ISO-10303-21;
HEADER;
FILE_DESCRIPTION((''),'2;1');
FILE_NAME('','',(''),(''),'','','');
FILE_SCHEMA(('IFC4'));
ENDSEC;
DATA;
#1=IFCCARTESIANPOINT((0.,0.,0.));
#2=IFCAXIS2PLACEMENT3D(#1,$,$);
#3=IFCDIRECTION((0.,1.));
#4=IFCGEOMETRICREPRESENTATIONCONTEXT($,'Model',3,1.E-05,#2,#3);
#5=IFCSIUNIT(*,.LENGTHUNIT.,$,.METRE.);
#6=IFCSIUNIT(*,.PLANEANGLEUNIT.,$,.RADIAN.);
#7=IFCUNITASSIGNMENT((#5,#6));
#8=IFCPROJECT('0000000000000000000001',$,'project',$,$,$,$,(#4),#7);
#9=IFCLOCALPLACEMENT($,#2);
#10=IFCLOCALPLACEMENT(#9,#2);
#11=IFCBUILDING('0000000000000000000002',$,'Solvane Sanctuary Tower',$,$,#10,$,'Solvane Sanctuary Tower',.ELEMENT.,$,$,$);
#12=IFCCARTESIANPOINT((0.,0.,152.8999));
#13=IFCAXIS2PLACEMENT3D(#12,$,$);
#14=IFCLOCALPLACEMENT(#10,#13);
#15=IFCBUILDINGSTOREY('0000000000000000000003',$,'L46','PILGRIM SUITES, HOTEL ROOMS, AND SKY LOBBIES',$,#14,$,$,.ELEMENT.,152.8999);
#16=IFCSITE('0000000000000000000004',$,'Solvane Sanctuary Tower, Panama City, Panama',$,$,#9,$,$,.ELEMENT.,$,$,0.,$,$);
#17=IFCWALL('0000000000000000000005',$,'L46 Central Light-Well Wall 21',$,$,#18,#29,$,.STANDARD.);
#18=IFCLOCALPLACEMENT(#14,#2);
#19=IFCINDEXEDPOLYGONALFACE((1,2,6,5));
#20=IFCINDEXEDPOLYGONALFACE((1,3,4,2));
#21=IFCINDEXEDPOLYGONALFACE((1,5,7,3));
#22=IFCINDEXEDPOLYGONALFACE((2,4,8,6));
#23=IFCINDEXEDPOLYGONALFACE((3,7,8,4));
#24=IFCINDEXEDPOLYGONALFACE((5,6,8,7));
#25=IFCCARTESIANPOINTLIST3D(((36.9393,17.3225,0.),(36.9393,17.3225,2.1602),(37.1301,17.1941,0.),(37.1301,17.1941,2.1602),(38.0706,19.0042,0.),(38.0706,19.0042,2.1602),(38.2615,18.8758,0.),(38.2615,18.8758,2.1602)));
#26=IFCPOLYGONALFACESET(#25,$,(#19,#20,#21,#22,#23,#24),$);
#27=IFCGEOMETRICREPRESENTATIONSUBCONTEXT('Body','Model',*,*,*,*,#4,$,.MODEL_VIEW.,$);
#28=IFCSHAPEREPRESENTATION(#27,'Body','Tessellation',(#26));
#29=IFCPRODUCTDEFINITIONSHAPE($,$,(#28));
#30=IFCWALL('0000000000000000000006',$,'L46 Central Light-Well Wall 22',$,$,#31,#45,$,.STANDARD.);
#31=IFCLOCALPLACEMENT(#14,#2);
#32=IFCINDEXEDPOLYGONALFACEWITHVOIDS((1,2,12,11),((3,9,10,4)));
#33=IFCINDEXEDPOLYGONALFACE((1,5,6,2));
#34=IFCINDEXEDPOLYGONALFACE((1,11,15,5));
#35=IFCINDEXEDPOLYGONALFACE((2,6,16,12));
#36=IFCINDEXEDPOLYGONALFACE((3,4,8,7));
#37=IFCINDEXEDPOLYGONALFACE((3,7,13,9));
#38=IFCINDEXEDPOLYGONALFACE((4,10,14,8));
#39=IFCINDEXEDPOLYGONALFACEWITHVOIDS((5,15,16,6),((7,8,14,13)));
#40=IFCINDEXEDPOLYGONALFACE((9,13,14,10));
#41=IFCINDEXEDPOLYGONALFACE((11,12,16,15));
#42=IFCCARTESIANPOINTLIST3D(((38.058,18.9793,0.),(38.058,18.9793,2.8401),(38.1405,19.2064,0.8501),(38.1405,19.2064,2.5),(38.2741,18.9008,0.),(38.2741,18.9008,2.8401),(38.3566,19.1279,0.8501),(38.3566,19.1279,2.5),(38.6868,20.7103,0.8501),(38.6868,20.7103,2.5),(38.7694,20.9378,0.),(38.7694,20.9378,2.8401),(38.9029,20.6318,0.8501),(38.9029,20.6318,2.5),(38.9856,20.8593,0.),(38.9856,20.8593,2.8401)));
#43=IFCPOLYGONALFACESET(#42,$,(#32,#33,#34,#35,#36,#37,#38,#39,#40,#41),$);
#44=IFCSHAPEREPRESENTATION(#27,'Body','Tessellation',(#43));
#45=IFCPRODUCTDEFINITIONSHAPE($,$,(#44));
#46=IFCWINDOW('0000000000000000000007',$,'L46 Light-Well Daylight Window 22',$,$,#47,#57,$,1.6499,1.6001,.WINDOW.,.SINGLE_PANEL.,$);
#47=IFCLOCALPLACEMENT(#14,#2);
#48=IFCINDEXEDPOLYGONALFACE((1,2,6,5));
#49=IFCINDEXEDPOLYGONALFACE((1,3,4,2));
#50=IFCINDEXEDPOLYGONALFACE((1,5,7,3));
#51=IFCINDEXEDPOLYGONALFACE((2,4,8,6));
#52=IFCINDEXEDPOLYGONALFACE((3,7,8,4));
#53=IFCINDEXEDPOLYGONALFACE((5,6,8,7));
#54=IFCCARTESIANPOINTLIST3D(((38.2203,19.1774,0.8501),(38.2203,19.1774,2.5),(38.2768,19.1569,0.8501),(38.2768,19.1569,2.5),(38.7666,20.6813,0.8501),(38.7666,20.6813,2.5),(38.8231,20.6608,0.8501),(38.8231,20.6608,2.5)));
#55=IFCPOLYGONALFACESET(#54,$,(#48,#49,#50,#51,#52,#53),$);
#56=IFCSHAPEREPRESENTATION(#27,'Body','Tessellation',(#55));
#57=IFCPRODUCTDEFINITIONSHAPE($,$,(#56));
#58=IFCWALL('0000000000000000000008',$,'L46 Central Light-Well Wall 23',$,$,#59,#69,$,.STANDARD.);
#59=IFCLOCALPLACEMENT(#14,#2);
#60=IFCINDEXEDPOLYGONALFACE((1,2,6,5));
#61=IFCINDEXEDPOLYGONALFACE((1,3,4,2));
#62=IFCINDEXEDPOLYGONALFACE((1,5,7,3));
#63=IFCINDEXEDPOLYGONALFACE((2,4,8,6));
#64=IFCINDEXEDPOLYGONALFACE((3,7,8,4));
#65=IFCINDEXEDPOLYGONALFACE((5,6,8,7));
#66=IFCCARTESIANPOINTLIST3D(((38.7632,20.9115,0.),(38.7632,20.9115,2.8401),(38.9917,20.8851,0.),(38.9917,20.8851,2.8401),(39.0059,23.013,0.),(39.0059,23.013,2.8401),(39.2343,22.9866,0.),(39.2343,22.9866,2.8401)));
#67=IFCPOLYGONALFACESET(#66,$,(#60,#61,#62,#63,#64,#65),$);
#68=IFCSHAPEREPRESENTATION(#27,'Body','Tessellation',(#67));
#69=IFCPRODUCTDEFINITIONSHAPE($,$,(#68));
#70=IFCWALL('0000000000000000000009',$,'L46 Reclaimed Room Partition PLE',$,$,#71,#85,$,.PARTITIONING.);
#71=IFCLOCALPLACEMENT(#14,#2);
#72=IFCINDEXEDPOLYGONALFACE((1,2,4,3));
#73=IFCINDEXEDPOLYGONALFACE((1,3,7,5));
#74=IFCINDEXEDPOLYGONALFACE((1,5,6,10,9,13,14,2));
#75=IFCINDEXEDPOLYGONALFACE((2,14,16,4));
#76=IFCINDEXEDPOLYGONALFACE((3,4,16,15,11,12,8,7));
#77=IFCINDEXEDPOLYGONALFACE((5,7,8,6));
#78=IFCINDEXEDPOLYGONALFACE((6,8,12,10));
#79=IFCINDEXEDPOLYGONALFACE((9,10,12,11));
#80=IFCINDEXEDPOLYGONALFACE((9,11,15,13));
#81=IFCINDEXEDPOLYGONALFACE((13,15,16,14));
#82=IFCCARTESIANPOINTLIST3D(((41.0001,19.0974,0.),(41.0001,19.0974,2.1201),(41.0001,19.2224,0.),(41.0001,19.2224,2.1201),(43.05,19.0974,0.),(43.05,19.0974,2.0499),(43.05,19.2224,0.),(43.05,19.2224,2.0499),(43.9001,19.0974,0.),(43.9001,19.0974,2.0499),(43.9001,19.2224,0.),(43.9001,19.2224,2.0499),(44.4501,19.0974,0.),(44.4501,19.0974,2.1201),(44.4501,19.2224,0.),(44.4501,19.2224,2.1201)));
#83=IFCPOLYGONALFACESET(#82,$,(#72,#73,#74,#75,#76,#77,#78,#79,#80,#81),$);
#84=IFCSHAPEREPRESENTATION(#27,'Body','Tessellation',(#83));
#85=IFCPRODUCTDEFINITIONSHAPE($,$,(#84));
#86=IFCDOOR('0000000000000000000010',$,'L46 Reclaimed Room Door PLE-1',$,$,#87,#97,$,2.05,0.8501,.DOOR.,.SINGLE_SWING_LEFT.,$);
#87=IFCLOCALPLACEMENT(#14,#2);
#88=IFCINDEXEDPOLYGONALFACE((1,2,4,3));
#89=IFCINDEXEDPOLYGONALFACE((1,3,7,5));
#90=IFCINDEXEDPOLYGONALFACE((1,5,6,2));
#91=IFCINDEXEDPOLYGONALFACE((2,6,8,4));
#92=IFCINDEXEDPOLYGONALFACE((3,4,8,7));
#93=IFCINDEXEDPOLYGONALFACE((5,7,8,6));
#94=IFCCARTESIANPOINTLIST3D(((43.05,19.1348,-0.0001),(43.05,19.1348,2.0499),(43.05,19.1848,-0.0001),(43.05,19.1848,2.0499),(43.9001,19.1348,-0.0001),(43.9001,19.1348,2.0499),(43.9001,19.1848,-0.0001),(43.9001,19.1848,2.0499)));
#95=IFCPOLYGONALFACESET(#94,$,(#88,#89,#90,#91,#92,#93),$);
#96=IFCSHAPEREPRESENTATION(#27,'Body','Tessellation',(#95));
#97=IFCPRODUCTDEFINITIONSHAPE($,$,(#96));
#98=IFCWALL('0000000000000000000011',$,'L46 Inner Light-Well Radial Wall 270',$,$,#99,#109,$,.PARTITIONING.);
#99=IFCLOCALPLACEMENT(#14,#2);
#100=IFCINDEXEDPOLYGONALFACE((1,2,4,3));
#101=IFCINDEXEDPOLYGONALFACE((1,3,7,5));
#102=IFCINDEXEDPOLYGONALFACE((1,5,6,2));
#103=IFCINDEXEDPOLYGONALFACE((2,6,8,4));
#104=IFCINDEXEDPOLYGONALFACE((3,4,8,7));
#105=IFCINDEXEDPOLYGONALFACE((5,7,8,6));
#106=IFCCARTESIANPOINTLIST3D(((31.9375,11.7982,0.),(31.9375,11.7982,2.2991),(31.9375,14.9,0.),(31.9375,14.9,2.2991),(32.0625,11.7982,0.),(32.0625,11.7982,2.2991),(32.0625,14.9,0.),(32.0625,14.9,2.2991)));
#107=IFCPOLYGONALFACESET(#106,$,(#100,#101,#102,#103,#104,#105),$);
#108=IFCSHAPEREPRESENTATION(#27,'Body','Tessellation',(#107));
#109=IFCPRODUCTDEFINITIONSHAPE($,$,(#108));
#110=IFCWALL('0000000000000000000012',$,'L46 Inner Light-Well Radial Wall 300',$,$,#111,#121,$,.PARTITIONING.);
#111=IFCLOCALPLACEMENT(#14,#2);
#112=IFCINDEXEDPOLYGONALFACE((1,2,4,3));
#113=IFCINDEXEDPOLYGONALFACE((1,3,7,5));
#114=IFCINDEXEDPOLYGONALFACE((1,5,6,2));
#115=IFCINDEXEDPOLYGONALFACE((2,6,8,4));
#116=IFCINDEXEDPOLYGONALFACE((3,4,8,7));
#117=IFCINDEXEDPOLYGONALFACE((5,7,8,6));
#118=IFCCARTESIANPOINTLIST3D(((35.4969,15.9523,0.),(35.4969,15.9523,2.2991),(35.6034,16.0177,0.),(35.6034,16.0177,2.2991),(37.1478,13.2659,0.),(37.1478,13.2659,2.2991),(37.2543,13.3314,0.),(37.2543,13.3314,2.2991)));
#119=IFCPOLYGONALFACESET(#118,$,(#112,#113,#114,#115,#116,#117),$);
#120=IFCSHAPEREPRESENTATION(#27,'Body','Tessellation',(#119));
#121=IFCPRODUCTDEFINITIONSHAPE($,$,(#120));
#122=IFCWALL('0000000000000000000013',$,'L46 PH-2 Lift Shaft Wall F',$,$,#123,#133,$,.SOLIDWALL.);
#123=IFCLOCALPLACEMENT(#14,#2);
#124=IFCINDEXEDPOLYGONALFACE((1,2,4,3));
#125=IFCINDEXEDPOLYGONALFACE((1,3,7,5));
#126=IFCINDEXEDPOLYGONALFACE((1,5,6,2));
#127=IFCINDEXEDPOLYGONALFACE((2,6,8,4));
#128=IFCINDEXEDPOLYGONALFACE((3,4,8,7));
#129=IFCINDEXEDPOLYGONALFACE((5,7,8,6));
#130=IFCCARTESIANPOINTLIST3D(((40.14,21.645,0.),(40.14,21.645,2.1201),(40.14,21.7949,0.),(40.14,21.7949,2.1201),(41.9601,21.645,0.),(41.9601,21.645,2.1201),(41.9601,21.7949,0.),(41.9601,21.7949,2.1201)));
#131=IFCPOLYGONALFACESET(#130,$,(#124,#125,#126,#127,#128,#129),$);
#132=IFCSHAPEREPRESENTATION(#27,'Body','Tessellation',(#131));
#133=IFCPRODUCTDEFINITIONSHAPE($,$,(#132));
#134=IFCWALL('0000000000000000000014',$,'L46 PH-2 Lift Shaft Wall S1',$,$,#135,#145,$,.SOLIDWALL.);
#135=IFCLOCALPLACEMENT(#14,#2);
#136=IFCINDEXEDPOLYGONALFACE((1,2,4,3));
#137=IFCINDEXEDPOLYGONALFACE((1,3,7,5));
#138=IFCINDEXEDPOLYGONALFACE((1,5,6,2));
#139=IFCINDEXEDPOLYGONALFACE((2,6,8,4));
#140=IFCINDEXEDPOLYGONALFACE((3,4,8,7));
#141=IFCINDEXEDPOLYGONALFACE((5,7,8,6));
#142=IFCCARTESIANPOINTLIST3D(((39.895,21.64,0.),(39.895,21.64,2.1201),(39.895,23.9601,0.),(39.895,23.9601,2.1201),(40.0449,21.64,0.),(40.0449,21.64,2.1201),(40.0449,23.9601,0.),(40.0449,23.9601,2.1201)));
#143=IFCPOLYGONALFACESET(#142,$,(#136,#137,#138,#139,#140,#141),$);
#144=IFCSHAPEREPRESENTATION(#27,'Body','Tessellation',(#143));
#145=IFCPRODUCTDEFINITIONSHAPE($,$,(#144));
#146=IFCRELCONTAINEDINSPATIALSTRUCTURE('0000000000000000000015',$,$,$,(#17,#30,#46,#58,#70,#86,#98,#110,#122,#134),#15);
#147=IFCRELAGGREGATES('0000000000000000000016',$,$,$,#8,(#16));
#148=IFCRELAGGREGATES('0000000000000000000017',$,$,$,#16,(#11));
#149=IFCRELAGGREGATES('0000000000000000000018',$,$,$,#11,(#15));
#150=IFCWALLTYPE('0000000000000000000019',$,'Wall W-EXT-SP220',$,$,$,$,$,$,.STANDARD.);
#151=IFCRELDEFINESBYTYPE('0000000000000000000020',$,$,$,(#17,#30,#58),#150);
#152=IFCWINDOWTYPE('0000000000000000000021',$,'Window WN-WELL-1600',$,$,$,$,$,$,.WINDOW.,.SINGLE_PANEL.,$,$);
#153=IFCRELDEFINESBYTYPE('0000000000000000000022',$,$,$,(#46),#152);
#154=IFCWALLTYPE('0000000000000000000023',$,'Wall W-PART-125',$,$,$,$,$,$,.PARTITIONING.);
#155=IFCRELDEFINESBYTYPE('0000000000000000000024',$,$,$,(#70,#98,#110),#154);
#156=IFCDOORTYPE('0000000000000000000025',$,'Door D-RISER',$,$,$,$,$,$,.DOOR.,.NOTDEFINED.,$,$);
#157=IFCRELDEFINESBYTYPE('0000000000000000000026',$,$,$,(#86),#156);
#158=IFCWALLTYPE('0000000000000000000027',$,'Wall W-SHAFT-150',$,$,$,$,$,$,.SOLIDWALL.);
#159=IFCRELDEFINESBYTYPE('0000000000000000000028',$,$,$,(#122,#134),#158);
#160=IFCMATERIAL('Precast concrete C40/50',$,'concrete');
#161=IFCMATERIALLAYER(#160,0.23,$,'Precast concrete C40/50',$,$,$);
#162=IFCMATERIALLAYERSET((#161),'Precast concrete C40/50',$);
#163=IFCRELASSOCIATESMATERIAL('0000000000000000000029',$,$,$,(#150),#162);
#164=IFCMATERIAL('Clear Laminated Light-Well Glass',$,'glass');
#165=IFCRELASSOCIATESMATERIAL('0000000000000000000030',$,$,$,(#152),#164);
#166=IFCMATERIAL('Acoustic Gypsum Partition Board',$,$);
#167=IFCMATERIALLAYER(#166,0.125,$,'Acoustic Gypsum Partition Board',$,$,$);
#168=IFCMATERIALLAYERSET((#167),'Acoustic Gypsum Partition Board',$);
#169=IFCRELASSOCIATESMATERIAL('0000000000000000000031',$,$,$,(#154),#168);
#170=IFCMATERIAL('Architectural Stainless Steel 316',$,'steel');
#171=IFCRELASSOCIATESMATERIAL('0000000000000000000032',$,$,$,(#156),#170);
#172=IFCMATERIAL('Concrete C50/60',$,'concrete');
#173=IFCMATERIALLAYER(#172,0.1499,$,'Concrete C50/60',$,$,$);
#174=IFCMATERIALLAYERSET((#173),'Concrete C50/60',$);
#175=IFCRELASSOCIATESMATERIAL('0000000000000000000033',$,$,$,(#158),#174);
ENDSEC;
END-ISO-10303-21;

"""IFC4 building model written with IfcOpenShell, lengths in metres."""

from ifc_helpers import new_model, si_unit, direction, frame, frame_2d, origin, place, context, subcontext, project, spatial, rectangle, extrude, material, layer, layer_set, type_object, element, fill, save


model = new_model("IFC4")

# Units and contexts
model_context = context("Model", 3, precision=1e-05, world=origin(), true_north=direction((0.0, 1.0)))
body_context = subcontext(model_context, "Body", "Model", "MODEL_VIEW")
ifc_project = project(units=[si_unit("LENGTHUNIT", "METRE"), si_unit("PLANEANGLEUNIT", "RADIAN")], contexts=[model_context])

# Site, building, storey
site_placement = place(None, origin())
site = spatial("IfcSite", under=ifc_project, at=site_placement, Name="Solvane Sanctuary Tower, Panama City, Panama", CompositionType="ELEMENT", RefElevation=0.0)
building_placement = place(site_placement, origin())
building = spatial("IfcBuilding", under=site, at=building_placement, Name="Solvane Sanctuary Tower", LongName="Solvane Sanctuary Tower", CompositionType="ELEMENT")
storey_placement = place(building_placement, frame((0.0, 0.0, 152.8999)))
storey = spatial("IfcBuildingStorey", under=building, at=storey_placement, Name="L46", Description="PILGRIM SUITES, HOTEL ROOMS, AND SKY LOBBIES", CompositionType="ELEMENT", Elevation=152.8999)

# Shared definitions
ifc_material_1 = material(Name="Concrete C50/60", Category="concrete")

# Wall
ifc_material_2 = material(Name="Precast concrete C40/50", Category="concrete")
ifc_layer_1 = layer(ifc_material_2, 0.23, Name="Precast concrete C40/50")
ifc_layer_set_1 = layer_set([ifc_layer_1], Name="Precast concrete C40/50")
wall_type_1 = type_object("IfcWallType", Name="Wall W-EXT-SP220", PredefinedType="STANDARD", material=ifc_layer_set_1)
wall_1_placement = place(storey_placement, frame((37.0347, 17.2583, 0.0), z_axis=(0.0, 0.0, 1.0), x_axis=(0.558198, 0.829708, 0.0)))
element("IfcWall", 1, at=wall_1_placement, inside=storey, type_object=wall_type_1, Name="L46 Central Light-Well Wall 21", PredefinedType="STANDARD", context=body_context, shape_type="SweptSolid", body=[
    extrude(rectangle(XDim=2.0269, YDim=0.23, at=frame_2d((1.0134, 0.0))), origin(), (0.0, 0.0, 1.0), 2.1602),
])

# Wall, opening, window
wall_2_placement = place(storey_placement, frame((38.166, 18.9399, 0.0), z_axis=(0.0, 0.0, 1.0), x_axis=(0.341423, 0.93991, 0.0)))
wall_2 = element("IfcWall", 2, at=wall_2_placement, inside=storey, type_object=wall_type_1, Name="L46 Central Light-Well Wall 22", PredefinedType="STANDARD", context=body_context, shape_type="SweptSolid", body=[
    extrude(rectangle(XDim=2.0837, YDim=0.23, at=frame_2d((1.042, 0.0))), origin(), (0.0, 0.0, 1.0), 2.8401),
])
opening_1_placement = place(wall_2_placement, frame((0.2417, 0.0, 0.8501)))
opening_1 = element("IfcOpeningElement", 3, at=opening_1_placement, cuts=wall_2, PredefinedType="OPENING", context=body_context, shape_type="SweptSolid", body=[
    extrude(rectangle(XDim=1.6001, YDim=1.6499, at=frame_2d((0.8, 0.825))), frame((0.0, 0.125, 0.0), z_axis=(0.0, -1.0, 0.0), x_axis=(1.0, 0.0, 0.0)), (0.0, 0.0, 1.0), 0.25),
])
ifc_material_3 = material(Name="Clear Laminated Light-Well Glass", Category="glass")
window_type = type_object("IfcWindowType", Name="Window WN-WELL-1600", PartitioningType="SINGLE_PANEL", PredefinedType="WINDOW", material=ifc_material_3)
window_placement = place(opening_1_placement, origin())
window = element("IfcWindow", 4, at=window_placement, inside=storey, type_object=window_type, Name="L46 Light-Well Daylight Window 22", OverallHeight=1.6499, OverallWidth=1.6001, PartitioningType="SINGLE_PANEL", PredefinedType="WINDOW", context=body_context, shape_type="SweptSolid", body=[
    extrude(rectangle(XDim=1.6001, YDim=1.6499, at=frame_2d((0.8, 0.825))), frame((0.0, 0.03, 0.0), z_axis=(0.0, -1.0, 0.0), x_axis=(1.0, 0.0, 0.0)), (0.0, 0.0, 1.0), 0.0601),
])
fill(opening_1, window)

# Wall
wall_3_placement = place(storey_placement, frame((38.8774, 20.8984, 0.0), z_axis=(0.0, 0.0, 1.0), x_axis=(0.114712, 0.993399, 0.0)))
element("IfcWall", 5, at=wall_3_placement, inside=storey, type_object=wall_type_1, Name="L46 Central Light-Well Wall 23", PredefinedType="STANDARD", context=body_context, shape_type="SweptSolid", body=[
    extrude(rectangle(XDim=2.1155, YDim=0.23, at=frame_2d((1.0576, 0.0))), origin(), (0.0, 0.0, 1.0), 2.8401),
])

# Wall, opening, door
ifc_material_4 = material(Name="Acoustic Gypsum Partition Board")
ifc_layer_2 = layer(ifc_material_4, 0.125, Name="Acoustic Gypsum Partition Board")
ifc_layer_set_2 = layer_set([ifc_layer_2], Name="Acoustic Gypsum Partition Board")
wall_type_2 = type_object("IfcWallType", Name="Wall W-PART-125", PredefinedType="PARTITIONING", material=ifc_layer_set_2)
wall_4_placement = place(storey_placement, frame((41.0, 19.1599, 0.0), z_axis=(0.0, 0.0, 1.0), x_axis=(1.0, 0.0, 0.0)))
wall_4 = element("IfcWall", 6, at=wall_4_placement, inside=storey, type_object=wall_type_2, Name="L46 Reclaimed Room Partition PLE", PredefinedType="PARTITIONING", context=body_context, shape_type="SweptSolid", body=[
    extrude(rectangle(XDim=3.45, YDim=0.125, at=frame_2d((1.7251, 0.0))), origin(), (0.0, 0.0, 1.0), 2.1201),
])
opening_2_placement = place(wall_4_placement, frame((2.05, 0.0, 0.0)))
opening_2 = element("IfcOpeningElement", 7, at=opening_2_placement, cuts=wall_4, PredefinedType="OPENING", context=body_context, shape_type="SweptSolid", body=[
    extrude(rectangle(XDim=0.8501, YDim=2.05, at=frame_2d((0.425, 1.0249))), frame((0.0, 0.0725, 0.0), z_axis=(0.0, -1.0, 0.0), x_axis=(1.0, 0.0, 0.0)), (0.0, 0.0, 1.0), 0.145),
])
ifc_material_5 = material(Name="Architectural Stainless Steel 316", Category="steel")
door_type = type_object("IfcDoorType", Name="Door D-RISER", OperationType="NOTDEFINED", PredefinedType="DOOR", material=ifc_material_5)
door_placement = place(opening_2_placement, origin())
door = element("IfcDoor", 8, at=door_placement, inside=storey, type_object=door_type, Name="L46 Reclaimed Room Door PLE-1", OperationType="SINGLE_SWING_LEFT", OverallHeight=2.05, OverallWidth=0.8501, PredefinedType="DOOR", context=body_context, shape_type="SweptSolid", body=[
    extrude(rectangle(XDim=0.8501, YDim=2.05, at=frame_2d((0.425, 1.0249))), frame((0.0, 0.0249, 0.0), z_axis=(0.0, -1.0, 0.0), x_axis=(1.0, 0.0, 0.0)), (0.0, 0.0, 1.0), 0.05),
])
fill(opening_2, door)

# Walls
wall_5_placement = place(storey_placement, frame((32.0, 14.8999, 0.0), z_axis=(0.0, 0.0, 1.0), x_axis=(0.0, -1.0, 0.0)))
element("IfcWall", 9, at=wall_5_placement, inside=storey, type_object=wall_type_2, Name="L46 Inner Light-Well Radial Wall 270", PredefinedType="PARTITIONING", context=body_context, shape_type="SweptSolid", body=[
    extrude(rectangle(XDim=3.1018, YDim=0.125, at=frame_2d((1.5508, 0.0))), origin(), (0.0, 0.0, 1.0), 2.2991),
])
wall_6_placement = place(storey_placement, frame((35.55, 15.9851, 0.0), z_axis=(0.0, 0.0, 1.0), x_axis=(0.523588, -0.851972, 0.0)))
element("IfcWall", 10, at=wall_6_placement, inside=storey, type_object=wall_type_2, Name="L46 Inner Light-Well Radial Wall 300", PredefinedType="PARTITIONING", context=body_context, shape_type="SweptSolid", body=[
    extrude(rectangle(XDim=3.1531, YDim=0.125, at=frame_2d((1.5767, 0.0))), origin(), (0.0, 0.0, 1.0), 2.2991),
])
ifc_layer_3 = layer(ifc_material_1, 0.1499, Name="Concrete C50/60")
ifc_layer_set_3 = layer_set([ifc_layer_3], Name="Concrete C50/60")
wall_type_3 = type_object("IfcWallType", Name="Wall W-SHAFT-150", PredefinedType="SOLIDWALL", material=ifc_layer_set_3)
wall_7_placement = place(storey_placement, frame((40.1399, 21.72, 0.0), z_axis=(0.0, 0.0, 1.0), x_axis=(1.0, 0.0, 0.0)))
element("IfcWall", 11, at=wall_7_placement, inside=storey, type_object=wall_type_3, Name="L46 PH-2 Lift Shaft Wall F", PredefinedType="SOLIDWALL", context=body_context, shape_type="SweptSolid", body=[
    extrude(rectangle(XDim=1.8201, YDim=0.1499, at=frame_2d((0.9102, 0.0))), origin(), (0.0, 0.0, 1.0), 2.1201),
])
wall_8_placement = place(storey_placement, frame((39.97, 21.6399, 0.0), z_axis=(0.0, 0.0, 1.0), x_axis=(0.0, 1.0, 0.0)))
element("IfcWall", 12, at=wall_8_placement, inside=storey, type_object=wall_type_3, Name="L46 PH-2 Lift Shaft Wall S1", PredefinedType="SOLIDWALL", context=body_context, shape_type="SweptSolid", body=[
    extrude(rectangle(XDim=2.3201, YDim=0.1499, at=frame_2d((1.1602, 0.0))), origin(), (0.0, 0.0, 1.0), 2.1201),
])

save(model, "model.ifc")
